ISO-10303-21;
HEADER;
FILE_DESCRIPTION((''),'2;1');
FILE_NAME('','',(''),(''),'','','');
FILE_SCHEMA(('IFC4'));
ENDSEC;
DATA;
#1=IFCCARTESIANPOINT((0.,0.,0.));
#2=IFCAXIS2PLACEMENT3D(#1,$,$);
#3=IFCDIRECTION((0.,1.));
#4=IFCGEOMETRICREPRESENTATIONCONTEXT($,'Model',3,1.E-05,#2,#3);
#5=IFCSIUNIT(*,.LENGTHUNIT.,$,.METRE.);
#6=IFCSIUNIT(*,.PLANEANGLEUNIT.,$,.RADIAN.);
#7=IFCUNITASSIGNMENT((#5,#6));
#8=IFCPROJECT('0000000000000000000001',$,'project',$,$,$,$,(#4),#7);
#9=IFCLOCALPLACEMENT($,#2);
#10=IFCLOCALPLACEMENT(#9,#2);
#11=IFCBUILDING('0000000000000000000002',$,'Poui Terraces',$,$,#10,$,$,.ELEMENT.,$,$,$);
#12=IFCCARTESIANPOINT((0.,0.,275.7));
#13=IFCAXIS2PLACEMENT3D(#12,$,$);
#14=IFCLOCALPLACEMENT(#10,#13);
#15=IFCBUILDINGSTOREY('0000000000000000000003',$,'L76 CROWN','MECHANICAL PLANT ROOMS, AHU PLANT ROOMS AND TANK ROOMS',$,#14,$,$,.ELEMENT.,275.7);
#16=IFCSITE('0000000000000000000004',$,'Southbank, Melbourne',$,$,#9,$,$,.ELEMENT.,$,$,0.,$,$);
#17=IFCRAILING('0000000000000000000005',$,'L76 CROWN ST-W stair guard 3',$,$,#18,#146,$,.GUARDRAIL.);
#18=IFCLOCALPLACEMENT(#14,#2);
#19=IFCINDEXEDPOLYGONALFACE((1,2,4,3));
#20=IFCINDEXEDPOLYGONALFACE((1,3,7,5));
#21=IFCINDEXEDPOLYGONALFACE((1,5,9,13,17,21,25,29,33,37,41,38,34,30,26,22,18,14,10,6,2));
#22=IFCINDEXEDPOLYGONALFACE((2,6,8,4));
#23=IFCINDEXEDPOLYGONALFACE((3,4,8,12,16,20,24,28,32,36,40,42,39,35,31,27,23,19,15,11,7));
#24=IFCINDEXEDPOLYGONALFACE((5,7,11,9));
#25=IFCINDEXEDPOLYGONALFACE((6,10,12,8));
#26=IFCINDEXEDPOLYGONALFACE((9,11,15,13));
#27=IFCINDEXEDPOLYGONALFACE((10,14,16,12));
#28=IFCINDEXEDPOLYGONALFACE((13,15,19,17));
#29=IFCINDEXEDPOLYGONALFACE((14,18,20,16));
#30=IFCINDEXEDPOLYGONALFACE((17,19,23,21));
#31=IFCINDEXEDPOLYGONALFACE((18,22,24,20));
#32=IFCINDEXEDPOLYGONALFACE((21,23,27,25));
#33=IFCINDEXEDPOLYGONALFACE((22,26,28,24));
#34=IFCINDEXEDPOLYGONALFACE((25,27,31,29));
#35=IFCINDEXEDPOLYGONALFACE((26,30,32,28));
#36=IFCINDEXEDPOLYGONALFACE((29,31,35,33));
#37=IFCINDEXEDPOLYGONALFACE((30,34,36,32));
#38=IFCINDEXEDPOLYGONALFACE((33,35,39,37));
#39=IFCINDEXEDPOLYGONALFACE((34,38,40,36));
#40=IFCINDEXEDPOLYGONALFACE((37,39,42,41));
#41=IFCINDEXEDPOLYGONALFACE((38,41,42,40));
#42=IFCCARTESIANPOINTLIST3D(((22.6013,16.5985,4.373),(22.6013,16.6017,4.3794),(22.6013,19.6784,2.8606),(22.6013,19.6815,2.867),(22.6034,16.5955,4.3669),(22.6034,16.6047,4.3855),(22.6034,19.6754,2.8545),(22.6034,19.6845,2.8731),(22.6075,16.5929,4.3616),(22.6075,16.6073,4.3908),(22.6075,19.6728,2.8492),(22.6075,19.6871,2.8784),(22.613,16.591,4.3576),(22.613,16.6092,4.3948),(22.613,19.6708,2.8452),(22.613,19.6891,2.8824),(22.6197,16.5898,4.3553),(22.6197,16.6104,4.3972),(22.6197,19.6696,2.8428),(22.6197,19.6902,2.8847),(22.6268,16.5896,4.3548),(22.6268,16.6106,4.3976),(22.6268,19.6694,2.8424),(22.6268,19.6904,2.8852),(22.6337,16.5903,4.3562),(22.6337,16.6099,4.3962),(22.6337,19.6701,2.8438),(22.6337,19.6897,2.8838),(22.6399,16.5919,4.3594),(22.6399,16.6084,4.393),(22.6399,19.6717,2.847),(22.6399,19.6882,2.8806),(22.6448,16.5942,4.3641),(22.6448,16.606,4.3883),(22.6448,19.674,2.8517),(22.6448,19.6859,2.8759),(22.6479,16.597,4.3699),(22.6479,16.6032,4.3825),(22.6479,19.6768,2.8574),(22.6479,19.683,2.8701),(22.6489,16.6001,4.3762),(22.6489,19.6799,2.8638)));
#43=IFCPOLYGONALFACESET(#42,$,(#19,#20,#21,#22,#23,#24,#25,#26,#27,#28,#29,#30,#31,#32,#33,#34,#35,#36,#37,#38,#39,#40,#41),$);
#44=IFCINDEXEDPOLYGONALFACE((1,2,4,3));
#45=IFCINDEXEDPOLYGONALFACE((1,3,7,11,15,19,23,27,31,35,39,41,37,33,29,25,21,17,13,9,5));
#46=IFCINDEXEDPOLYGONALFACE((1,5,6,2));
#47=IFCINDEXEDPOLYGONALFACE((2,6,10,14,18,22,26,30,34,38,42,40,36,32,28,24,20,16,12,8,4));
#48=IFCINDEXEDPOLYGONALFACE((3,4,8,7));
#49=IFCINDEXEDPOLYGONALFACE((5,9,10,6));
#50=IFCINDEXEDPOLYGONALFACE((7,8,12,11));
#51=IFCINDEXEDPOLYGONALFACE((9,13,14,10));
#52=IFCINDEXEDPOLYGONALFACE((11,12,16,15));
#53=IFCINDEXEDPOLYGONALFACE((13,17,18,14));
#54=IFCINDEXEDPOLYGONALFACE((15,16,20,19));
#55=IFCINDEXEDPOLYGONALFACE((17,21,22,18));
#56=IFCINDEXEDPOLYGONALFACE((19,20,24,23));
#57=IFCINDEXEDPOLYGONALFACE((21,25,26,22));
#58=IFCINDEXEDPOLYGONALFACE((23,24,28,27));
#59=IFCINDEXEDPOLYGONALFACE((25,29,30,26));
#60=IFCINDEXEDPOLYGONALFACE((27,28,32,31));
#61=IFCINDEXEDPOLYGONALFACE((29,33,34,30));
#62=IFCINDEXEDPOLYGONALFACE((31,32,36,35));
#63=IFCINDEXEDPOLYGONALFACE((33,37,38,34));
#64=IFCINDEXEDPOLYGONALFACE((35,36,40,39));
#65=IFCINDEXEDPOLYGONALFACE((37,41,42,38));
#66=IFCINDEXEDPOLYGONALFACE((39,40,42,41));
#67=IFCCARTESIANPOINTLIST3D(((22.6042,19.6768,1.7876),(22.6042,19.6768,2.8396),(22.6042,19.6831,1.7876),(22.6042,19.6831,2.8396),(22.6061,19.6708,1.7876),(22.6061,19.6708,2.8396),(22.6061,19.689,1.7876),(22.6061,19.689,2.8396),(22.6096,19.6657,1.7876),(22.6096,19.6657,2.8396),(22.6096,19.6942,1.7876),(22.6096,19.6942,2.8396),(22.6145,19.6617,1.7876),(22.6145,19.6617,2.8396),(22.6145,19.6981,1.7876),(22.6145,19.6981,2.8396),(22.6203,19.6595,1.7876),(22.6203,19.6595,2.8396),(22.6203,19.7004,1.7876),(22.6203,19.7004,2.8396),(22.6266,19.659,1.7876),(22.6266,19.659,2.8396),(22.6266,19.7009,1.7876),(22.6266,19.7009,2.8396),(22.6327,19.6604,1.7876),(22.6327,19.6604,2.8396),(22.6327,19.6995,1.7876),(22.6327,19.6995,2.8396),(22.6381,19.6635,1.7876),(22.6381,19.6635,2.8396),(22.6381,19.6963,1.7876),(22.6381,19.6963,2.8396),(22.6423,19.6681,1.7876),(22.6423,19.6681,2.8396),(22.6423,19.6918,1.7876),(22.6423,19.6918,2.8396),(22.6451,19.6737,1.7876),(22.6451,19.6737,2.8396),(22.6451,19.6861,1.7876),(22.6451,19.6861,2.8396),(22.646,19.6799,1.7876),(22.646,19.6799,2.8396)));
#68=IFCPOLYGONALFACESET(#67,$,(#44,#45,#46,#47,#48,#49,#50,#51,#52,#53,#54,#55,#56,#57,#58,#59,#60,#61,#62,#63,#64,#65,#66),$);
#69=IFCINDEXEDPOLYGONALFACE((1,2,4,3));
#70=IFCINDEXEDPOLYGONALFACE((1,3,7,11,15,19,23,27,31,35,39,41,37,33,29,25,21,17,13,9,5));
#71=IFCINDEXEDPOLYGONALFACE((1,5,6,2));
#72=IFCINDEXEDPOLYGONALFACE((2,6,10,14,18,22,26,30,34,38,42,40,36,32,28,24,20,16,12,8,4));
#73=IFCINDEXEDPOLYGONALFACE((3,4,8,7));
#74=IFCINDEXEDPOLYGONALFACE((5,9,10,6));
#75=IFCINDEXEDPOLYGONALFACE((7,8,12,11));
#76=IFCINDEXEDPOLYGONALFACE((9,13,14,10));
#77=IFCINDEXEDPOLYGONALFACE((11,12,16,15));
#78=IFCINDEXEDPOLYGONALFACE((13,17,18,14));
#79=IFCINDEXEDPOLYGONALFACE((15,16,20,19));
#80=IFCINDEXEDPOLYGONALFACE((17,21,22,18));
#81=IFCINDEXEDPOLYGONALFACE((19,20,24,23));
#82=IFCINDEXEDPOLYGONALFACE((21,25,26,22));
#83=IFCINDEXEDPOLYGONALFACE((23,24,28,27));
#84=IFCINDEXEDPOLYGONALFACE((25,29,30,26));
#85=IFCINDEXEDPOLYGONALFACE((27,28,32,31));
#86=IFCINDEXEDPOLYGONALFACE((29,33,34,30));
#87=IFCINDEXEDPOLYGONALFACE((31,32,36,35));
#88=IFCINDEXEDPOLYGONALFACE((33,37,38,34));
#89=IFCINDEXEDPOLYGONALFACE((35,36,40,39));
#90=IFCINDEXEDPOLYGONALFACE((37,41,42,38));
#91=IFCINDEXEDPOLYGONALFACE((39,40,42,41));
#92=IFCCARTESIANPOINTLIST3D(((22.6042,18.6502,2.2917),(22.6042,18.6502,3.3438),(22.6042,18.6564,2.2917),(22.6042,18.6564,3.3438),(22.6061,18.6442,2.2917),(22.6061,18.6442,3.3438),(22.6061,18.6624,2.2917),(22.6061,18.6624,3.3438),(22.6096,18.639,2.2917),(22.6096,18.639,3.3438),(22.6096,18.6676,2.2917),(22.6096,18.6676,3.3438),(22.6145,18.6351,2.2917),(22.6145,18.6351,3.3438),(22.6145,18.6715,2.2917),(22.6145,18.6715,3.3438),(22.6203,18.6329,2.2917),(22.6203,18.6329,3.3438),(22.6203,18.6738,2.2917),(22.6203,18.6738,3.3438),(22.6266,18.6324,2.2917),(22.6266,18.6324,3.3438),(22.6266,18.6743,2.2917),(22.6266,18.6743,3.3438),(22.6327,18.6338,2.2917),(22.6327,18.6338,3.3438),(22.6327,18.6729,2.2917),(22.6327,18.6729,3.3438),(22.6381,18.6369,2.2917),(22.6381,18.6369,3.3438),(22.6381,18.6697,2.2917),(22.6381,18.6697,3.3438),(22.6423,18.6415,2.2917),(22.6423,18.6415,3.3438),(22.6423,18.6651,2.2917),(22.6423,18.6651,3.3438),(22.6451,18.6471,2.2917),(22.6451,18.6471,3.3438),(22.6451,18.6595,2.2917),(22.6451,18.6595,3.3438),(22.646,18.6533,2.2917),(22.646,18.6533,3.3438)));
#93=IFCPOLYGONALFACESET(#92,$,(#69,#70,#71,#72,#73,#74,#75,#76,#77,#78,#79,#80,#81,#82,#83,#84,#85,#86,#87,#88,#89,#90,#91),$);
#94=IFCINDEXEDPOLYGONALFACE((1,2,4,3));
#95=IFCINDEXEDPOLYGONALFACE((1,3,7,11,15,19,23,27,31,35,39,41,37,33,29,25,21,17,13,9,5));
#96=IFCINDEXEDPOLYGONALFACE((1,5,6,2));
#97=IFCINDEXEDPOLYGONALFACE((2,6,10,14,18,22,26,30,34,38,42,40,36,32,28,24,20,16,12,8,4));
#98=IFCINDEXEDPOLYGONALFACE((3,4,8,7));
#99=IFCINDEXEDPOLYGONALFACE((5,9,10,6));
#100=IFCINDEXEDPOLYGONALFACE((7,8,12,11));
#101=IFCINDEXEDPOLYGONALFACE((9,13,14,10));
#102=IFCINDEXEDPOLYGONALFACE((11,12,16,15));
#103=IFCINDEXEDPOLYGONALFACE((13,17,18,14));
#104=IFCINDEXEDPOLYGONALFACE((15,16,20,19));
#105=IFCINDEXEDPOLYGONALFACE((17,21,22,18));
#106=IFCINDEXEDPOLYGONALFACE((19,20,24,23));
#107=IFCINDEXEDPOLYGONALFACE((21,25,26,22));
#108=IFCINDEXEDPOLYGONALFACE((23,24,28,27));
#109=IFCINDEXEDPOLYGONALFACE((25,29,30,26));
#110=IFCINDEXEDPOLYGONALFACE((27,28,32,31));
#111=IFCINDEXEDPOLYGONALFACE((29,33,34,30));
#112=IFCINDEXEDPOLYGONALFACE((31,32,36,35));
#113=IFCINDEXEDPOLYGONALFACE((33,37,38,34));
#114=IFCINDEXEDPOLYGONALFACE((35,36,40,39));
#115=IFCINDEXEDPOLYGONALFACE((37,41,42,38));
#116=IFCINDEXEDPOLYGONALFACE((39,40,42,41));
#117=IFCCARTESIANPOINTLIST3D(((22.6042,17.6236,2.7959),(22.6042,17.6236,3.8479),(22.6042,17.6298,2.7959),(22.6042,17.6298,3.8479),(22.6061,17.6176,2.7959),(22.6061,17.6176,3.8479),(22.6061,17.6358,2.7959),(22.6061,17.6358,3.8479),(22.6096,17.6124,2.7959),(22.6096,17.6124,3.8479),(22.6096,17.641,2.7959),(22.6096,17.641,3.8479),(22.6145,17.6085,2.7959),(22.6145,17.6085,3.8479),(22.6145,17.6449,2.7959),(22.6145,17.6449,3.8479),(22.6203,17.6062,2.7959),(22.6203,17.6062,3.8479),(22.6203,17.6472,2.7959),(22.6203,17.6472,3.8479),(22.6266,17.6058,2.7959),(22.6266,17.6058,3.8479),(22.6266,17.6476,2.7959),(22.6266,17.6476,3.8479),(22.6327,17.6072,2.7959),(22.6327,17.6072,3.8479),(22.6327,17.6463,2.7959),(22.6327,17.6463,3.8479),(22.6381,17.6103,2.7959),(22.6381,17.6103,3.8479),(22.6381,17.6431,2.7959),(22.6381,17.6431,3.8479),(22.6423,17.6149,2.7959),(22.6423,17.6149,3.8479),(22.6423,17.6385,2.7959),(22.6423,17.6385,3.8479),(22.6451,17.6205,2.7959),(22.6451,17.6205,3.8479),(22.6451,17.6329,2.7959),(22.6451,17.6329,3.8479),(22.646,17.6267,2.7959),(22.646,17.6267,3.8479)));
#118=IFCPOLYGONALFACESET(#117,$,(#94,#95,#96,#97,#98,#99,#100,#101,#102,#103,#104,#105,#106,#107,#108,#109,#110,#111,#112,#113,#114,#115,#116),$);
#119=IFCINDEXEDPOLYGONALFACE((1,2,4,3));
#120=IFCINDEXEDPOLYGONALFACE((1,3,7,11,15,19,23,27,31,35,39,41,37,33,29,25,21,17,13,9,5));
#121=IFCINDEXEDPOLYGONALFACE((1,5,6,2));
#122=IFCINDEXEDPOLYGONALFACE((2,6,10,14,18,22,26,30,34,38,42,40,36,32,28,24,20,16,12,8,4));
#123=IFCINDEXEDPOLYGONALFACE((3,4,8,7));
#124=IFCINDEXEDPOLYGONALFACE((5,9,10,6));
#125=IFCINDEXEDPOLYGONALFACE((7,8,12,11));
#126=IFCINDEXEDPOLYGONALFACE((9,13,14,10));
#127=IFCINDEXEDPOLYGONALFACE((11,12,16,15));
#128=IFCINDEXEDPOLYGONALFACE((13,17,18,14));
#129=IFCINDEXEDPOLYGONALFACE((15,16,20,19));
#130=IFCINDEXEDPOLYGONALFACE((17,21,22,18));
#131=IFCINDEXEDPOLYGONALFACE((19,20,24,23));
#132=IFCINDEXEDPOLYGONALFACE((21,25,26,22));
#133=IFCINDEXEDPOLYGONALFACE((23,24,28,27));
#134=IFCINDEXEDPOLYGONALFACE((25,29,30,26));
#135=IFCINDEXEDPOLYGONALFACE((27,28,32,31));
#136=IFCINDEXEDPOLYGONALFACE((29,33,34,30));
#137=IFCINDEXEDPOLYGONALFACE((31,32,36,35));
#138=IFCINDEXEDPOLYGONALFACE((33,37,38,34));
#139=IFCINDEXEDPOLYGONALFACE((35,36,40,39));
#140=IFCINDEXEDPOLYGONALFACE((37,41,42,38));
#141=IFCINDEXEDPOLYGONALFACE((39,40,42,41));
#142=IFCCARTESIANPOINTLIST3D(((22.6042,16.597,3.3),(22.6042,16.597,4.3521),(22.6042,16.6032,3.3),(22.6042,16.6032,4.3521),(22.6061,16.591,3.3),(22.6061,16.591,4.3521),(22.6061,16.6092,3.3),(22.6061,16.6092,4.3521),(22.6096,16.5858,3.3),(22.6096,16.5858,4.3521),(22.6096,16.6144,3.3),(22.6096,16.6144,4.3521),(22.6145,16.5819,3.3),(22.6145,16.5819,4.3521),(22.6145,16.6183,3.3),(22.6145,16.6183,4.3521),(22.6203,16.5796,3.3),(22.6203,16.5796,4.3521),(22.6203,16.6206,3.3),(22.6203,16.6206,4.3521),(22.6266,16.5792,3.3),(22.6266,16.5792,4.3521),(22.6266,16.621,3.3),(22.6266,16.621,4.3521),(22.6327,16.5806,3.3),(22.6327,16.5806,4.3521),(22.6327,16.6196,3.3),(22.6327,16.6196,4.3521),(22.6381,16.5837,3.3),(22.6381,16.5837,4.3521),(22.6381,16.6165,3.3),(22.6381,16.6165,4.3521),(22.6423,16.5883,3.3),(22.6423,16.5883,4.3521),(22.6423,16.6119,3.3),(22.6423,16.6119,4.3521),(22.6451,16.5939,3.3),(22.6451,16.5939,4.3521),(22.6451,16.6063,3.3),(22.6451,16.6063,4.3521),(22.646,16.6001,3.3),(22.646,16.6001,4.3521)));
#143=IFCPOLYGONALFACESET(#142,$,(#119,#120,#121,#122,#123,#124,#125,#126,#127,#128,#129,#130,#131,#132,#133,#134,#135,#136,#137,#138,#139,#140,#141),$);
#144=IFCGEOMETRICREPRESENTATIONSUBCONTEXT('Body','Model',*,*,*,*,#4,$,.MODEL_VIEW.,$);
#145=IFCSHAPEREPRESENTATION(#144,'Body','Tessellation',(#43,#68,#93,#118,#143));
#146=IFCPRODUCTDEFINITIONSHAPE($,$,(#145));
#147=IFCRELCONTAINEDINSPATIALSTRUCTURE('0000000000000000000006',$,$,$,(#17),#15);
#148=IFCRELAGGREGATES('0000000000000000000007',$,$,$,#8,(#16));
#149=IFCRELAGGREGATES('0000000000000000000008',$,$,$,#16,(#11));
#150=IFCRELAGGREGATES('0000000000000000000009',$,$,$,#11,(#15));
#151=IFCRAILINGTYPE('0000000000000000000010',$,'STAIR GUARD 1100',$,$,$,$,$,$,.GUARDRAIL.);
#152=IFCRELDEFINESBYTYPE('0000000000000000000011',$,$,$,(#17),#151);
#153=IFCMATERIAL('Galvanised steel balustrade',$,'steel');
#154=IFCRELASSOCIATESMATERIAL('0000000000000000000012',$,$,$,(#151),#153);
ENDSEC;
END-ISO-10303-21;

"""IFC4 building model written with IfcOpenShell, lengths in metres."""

from ifc_helpers import new_model, si_unit, direction, frame, origin, origin_2d, place, context, subcontext, project, spatial, circle, extrude, material, type_object, element, save


model = new_model("IFC4")

# Units and contexts
model_context = context("Model", 3, precision=1e-05, world=origin(), true_north=direction((0.0, 1.0)))
body_context = subcontext(model_context, "Body", "Model", "MODEL_VIEW")
ifc_project = project(units=[si_unit("LENGTHUNIT", "METRE"), si_unit("PLANEANGLEUNIT", "RADIAN")], contexts=[model_context])

# Site, building, storey
site_placement = place(None, origin())
site = spatial("IfcSite", under=ifc_project, at=site_placement, Name="Southbank, Melbourne", CompositionType="ELEMENT", RefElevation=0.0)
building_placement = place(site_placement, origin())
building = spatial("IfcBuilding", under=site, at=building_placement, Name="Poui Terraces", CompositionType="ELEMENT")
storey_placement = place(building_placement, frame((0.0, 0.0, 275.7)))
storey = spatial("IfcBuildingStorey", under=building, at=storey_placement, Name="L76 CROWN", Description="MECHANICAL PLANT ROOMS, AHU PLANT ROOMS AND TANK ROOMS", CompositionType="ELEMENT", Elevation=275.7)

# Railing
ifc_material_1 = material(Name="Galvanised steel balustrade", Category="steel")
railing_type_1 = type_object("IfcRailingType", Name="STAIR GUARD 1100", PredefinedType="GUARDRAIL", material=ifc_material_1)
railing_1_placement = place(storey_placement, frame((22.625, 19.6799, 1.7876)))
element("IfcRailing", 1, at=railing_1_placement, inside=storey, type_object=railing_type_1, Name="L76 CROWN ST-W stair guard 3", PredefinedType="GUARDRAIL", context=body_context, shape_type="SweptSolid", body=[
    extrude(circle(Radius=0.0239, at=origin_2d()), frame((0.0, 0.0, 1.0762), z_axis=(0.0, -0.897606, 0.440798), x_axis=(1.0, 0.0, 0.0)), (0.0, 0.0, 1.0), 3.4312),
    extrude(circle(Radius=0.021, at=origin_2d()), origin(), (0.0, 0.0, 1.0), 1.052),
    extrude(circle(Radius=0.021, at=origin_2d()), frame((0.0, -1.0266, 0.5042)), (0.0, 0.0, 1.0), 1.052),
    extrude(circle(Radius=0.021, at=origin_2d()), frame((0.0, -2.0532, 1.0083)), (0.0, 0.0, 1.0), 1.052),
    extrude(circle(Radius=0.021, at=origin_2d()), frame((0.0, -3.0798, 1.5125)), (0.0, 0.0, 1.0), 1.052),
])

save(model, "model.ifc")
